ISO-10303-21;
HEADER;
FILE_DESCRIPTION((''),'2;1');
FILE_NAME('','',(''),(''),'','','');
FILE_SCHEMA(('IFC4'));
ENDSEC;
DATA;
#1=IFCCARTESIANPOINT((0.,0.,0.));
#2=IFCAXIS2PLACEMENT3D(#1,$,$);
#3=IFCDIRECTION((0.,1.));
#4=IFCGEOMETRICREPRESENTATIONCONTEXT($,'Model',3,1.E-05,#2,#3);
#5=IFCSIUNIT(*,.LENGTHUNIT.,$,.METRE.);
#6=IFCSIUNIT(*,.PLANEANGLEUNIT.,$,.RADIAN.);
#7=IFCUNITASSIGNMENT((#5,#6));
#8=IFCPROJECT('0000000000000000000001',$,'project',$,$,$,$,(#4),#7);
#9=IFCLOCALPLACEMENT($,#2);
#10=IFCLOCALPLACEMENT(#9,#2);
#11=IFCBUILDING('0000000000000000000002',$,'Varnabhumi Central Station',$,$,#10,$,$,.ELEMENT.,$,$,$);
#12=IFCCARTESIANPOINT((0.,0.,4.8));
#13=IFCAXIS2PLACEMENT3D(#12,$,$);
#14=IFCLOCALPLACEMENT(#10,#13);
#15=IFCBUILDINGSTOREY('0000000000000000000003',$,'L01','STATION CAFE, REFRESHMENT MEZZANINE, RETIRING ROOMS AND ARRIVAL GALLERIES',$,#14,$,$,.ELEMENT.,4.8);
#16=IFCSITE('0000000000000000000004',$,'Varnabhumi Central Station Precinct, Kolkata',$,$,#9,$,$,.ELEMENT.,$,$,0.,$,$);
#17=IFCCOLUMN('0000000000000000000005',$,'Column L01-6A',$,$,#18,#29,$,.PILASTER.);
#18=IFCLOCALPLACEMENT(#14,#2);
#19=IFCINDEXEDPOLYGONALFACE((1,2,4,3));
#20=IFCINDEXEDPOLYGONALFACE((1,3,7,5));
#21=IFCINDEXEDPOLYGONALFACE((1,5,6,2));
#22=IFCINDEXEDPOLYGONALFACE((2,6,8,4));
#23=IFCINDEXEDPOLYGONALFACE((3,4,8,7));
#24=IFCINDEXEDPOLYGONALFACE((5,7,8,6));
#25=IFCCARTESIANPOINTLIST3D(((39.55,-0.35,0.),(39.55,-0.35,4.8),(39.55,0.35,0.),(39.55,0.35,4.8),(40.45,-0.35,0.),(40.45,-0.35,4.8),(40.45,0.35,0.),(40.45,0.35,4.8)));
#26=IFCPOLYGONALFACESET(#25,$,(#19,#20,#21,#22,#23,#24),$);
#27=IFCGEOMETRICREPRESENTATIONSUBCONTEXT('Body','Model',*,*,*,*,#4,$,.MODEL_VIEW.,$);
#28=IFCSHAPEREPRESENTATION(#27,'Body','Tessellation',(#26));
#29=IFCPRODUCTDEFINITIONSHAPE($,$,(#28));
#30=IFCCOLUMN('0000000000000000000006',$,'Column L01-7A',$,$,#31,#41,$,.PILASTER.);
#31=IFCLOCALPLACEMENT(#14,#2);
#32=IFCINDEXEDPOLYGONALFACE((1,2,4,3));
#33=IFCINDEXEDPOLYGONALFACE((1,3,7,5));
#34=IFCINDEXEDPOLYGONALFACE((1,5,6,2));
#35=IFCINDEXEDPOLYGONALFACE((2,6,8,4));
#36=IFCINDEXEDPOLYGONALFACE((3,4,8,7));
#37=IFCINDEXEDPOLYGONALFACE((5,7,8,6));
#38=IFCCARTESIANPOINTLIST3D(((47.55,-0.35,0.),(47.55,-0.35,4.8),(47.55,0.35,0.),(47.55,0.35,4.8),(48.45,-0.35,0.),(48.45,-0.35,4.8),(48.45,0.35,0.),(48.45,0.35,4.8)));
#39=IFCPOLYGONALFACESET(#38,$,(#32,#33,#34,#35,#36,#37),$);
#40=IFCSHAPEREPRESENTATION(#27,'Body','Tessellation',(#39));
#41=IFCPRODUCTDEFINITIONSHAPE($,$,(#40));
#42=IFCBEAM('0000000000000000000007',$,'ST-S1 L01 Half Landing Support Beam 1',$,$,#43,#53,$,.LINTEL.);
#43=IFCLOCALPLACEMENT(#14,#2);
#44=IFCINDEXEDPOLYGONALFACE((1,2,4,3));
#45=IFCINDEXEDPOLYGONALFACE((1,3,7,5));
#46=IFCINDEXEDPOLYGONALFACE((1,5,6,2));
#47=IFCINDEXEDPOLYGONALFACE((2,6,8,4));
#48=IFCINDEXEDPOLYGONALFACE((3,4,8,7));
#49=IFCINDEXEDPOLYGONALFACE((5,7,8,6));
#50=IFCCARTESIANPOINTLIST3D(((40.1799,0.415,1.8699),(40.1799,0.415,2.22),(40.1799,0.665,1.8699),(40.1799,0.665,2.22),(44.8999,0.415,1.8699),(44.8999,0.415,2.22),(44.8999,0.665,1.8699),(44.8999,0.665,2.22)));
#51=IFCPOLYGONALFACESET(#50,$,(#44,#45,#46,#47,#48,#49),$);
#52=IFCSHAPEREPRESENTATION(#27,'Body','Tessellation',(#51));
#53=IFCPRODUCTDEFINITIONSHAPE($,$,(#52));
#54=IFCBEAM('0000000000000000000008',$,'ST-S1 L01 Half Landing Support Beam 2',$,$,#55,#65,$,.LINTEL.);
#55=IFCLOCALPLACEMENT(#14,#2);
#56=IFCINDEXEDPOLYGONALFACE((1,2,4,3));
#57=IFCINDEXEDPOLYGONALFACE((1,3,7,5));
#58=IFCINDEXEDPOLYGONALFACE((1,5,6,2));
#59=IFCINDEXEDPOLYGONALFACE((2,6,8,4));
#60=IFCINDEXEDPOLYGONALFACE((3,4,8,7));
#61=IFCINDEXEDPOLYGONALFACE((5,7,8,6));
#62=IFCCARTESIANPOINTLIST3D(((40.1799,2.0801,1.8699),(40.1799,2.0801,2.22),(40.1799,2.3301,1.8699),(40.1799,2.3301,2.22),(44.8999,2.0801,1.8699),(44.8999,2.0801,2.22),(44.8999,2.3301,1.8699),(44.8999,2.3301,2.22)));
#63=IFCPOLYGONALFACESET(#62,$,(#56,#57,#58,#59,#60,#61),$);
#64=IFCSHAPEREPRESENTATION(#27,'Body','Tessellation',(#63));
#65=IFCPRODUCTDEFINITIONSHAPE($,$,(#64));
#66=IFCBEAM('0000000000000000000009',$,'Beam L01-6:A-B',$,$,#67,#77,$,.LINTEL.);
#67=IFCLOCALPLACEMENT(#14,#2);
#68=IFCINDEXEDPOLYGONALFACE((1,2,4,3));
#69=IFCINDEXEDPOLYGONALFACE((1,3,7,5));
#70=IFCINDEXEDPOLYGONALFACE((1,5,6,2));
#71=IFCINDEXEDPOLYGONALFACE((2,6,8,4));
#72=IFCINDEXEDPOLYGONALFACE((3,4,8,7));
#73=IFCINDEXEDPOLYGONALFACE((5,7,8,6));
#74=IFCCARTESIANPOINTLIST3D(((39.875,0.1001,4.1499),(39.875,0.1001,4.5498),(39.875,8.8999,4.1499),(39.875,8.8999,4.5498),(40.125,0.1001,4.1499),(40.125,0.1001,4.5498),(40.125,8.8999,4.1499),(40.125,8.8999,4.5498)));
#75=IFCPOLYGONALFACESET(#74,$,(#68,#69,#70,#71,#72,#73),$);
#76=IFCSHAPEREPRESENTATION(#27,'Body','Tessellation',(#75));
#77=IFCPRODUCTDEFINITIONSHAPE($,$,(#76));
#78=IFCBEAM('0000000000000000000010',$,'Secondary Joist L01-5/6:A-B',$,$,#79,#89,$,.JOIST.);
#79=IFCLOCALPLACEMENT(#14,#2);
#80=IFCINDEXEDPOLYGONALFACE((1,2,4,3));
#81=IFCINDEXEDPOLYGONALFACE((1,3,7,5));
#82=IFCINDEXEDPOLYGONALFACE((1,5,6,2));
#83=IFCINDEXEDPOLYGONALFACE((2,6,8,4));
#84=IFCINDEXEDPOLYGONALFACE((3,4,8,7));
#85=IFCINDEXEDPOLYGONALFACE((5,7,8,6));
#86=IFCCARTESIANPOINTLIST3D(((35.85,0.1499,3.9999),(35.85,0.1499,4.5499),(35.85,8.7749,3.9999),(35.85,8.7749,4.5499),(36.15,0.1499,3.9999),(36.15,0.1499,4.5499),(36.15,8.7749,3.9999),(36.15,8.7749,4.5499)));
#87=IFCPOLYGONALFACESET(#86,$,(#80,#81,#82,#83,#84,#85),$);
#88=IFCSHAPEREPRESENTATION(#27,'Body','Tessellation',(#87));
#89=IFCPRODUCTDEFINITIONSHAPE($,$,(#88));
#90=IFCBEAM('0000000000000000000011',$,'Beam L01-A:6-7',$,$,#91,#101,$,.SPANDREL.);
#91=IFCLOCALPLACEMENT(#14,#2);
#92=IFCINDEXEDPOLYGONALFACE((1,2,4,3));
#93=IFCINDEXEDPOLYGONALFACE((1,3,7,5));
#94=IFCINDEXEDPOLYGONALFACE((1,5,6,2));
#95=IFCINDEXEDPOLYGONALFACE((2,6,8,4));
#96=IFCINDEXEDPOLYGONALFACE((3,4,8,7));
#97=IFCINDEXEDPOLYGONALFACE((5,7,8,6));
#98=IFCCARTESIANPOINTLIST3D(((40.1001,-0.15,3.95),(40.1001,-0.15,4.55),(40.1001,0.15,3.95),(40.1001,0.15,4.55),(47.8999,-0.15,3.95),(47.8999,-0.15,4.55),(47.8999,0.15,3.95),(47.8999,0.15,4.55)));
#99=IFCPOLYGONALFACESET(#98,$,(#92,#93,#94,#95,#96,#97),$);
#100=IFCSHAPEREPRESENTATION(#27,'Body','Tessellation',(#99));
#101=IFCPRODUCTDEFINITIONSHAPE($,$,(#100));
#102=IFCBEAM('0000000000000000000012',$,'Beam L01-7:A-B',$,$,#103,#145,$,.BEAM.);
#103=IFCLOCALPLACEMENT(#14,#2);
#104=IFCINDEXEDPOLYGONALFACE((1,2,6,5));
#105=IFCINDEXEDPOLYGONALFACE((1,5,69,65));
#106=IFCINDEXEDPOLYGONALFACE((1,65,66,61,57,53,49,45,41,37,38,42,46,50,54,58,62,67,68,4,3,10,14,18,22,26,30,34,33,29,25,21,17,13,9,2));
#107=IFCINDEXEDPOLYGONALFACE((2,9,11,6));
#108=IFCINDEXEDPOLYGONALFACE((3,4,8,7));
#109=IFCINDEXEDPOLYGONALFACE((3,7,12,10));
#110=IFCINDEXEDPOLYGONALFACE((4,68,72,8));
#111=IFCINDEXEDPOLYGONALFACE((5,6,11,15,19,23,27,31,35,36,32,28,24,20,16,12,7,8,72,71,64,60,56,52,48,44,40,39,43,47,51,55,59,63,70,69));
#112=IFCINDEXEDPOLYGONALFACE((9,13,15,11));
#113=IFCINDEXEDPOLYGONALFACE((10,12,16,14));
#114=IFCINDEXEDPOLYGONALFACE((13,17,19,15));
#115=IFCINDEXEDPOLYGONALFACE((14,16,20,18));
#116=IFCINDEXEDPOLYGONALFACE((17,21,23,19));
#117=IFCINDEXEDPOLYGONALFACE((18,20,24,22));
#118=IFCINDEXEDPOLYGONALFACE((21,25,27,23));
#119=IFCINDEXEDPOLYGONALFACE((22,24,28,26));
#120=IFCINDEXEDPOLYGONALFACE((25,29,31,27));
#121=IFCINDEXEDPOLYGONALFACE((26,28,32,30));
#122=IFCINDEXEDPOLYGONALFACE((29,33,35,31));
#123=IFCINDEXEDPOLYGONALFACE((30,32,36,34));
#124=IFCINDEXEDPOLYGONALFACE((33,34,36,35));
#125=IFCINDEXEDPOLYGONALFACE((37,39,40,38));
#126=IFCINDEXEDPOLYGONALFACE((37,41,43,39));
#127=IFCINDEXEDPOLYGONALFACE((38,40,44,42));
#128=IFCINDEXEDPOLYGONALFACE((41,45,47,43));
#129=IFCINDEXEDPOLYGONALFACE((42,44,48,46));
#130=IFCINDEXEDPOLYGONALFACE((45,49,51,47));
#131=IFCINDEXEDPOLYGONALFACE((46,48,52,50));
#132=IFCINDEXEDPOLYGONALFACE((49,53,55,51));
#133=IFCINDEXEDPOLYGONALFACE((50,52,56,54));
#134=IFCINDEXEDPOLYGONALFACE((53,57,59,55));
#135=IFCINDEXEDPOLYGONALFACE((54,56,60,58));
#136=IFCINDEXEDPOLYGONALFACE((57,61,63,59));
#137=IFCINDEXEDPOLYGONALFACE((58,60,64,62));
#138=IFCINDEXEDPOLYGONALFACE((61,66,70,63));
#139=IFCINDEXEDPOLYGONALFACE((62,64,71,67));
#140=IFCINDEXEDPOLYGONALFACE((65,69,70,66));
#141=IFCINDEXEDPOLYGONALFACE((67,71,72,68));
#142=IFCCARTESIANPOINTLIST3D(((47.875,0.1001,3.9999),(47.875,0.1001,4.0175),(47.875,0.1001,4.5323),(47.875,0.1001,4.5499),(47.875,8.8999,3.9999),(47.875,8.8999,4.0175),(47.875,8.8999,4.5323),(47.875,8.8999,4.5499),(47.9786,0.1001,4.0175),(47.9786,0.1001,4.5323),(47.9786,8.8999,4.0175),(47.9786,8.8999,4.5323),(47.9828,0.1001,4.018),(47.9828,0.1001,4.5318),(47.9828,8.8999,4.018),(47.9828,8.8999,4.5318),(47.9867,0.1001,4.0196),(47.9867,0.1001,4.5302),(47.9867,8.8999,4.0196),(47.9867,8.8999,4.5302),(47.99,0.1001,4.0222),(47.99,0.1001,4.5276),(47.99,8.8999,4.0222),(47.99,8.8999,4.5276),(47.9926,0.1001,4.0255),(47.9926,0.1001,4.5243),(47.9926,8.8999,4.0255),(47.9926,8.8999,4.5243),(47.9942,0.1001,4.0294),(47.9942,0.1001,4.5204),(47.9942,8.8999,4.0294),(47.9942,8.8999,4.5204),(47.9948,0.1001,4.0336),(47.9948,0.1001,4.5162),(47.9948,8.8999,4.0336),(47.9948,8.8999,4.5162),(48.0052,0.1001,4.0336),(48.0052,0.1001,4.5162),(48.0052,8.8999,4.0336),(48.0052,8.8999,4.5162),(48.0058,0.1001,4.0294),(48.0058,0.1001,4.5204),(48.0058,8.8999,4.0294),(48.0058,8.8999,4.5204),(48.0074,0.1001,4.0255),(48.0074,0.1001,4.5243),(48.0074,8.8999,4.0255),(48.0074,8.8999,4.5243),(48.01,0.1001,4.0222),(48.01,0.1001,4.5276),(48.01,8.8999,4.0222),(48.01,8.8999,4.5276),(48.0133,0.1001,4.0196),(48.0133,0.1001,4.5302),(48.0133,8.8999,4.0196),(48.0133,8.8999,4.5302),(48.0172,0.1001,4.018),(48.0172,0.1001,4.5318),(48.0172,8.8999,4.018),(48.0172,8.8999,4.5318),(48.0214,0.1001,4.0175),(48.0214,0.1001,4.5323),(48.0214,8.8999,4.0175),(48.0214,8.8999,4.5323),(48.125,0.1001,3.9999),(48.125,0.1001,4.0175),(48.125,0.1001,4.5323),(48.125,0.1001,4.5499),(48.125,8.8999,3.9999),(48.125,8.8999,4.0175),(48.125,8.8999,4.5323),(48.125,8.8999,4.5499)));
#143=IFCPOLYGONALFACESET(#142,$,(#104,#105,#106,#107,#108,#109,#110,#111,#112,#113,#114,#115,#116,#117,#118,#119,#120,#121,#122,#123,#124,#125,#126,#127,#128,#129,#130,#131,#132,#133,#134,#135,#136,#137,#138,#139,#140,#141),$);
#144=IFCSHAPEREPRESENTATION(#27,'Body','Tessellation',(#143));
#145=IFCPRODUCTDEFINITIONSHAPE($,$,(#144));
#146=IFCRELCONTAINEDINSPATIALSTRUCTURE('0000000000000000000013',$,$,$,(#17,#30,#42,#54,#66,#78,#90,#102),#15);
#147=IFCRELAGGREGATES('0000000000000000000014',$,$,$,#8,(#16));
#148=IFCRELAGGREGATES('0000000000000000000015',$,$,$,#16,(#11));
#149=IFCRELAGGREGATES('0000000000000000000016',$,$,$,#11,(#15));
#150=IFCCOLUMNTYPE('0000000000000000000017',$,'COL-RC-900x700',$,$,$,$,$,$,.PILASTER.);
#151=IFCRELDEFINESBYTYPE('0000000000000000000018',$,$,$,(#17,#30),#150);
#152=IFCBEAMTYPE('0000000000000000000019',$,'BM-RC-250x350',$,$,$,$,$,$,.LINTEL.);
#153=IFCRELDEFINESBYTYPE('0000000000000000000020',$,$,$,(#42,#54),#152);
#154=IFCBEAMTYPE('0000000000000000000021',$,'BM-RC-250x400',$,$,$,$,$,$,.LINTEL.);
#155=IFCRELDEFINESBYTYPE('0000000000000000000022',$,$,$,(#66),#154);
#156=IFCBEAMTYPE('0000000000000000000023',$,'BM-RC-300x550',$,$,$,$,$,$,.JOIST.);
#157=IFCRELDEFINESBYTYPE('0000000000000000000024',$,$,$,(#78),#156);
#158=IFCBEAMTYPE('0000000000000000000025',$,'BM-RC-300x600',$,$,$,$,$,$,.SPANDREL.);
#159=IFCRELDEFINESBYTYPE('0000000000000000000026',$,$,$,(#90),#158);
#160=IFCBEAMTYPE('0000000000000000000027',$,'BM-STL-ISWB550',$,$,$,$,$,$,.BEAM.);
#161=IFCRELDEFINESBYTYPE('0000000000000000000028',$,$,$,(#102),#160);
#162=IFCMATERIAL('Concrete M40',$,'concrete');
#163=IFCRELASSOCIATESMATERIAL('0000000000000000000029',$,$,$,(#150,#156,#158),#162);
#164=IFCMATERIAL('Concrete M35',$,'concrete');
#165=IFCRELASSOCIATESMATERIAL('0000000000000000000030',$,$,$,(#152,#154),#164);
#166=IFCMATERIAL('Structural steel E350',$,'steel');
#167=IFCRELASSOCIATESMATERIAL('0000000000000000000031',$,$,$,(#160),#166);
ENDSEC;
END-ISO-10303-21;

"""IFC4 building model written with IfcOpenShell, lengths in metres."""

from ifc_helpers import new_model, si_unit, direction, frame, origin, origin_2d, place, context, subcontext, project, spatial, rectangle, i_section, extrude, material, material_profile, profile_set, type_object, element, save


model = new_model("IFC4")

# Units and contexts
model_context = context("Model", 3, precision=1e-05, world=origin(), true_north=direction((0.0, 1.0)))
body_context = subcontext(model_context, "Body", "Model", "MODEL_VIEW")
ifc_project = project(units=[si_unit("LENGTHUNIT", "METRE"), si_unit("PLANEANGLEUNIT", "RADIAN")], contexts=[model_context])

# Site, building, storey
site_placement = place(None, origin())
site = spatial("IfcSite", under=ifc_project, at=site_placement, Name="Varnabhumi Central Station Precinct, Kolkata", CompositionType="ELEMENT", RefElevation=0.0)
building_placement = place(site_placement, origin())
building = spatial("IfcBuilding", under=site, at=building_placement, Name="Varnabhumi Central Station", CompositionType="ELEMENT")
storey_placement = place(building_placement, frame((0.0, 0.0, 4.8)))
storey = spatial("IfcBuildingStorey", under=building, at=storey_placement, Name="L01", Description="STATION CAFE, REFRESHMENT MEZZANINE, RETIRING ROOMS AND ARRIVAL GALLERIES", CompositionType="ELEMENT", Elevation=4.8)

# Columns
ifc_material_1 = material(Name="Concrete M40", Category="concrete")
ifc_material_profile_1 = material_profile(ifc_material_1, rectangle(XDim=0.8999, YDim=0.7, at=origin_2d()), Name="Concrete M40", Category="concrete")
ifc_profile_set_1 = profile_set([ifc_material_profile_1], Name="Concrete M40")
column_type = type_object("IfcColumnType", Name="COL-RC-900x700", PredefinedType="PILASTER", material=ifc_profile_set_1)
for number, where, z_axis, x_axis, name in (
    (1, (40.0, 0.0, 0.0), (0.0, 0.0, 1.0), (1.0, 0.0, 0.0), "Column L01-6A"),
    (2, (48.0, 0.0, 0.0), (0.0, 0.0, 1.0), (1.0, 0.0, 0.0), "Column L01-7A"),
):
    element("IfcColumn", number, at=place(storey_placement, frame(where, z_axis=z_axis, x_axis=x_axis)), inside=storey, type_object=column_type, Name=name, PredefinedType="PILASTER", context=body_context, shape_type="SweptSolid", body=[
        extrude(rectangle(XDim=0.8999, YDim=0.7, at=origin_2d()), origin(), (0.0, 0.0, 1.0), 4.8),
    ])

# Beams
ifc_material_2 = material(Name="Concrete M35", Category="concrete")
ifc_material_profile_2 = material_profile(ifc_material_2, rectangle(XDim=0.25, YDim=0.3501, at=origin_2d()), Name="Concrete M35", Category="concrete")
ifc_profile_set_2 = profile_set([ifc_material_profile_2], Name="Concrete M35")
beam_type_1 = type_object("IfcBeamType", Name="BM-RC-250x350", PredefinedType="LINTEL", material=ifc_profile_set_2)
for number, where, z_axis, x_axis, name in (
    (3, (40.1799, 0.54, 2.0449), (1.0, 0.0, 0.0), (0.0, 1.0, 0.0), "ST-S1 L01 Half Landing Support Beam 1"),
    (4, (40.1799, 2.2051, 2.0449), (1.0, 0.0, 0.0), (0.0, 1.0, 0.0), "ST-S1 L01 Half Landing Support Beam 2"),
):
    element("IfcBeam", number, at=place(storey_placement, frame(where, z_axis=z_axis, x_axis=x_axis)), inside=storey, type_object=beam_type_1, Name=name, PredefinedType="LINTEL", context=body_context, shape_type="SweptSolid", body=[
        extrude(rectangle(XDim=0.25, YDim=0.3501, at=origin_2d()), origin(), (0.0, 0.0, 1.0), 4.72),
    ])
ifc_material_profile_3 = material_profile(ifc_material_2, rectangle(XDim=0.25, YDim=0.3999, at=origin_2d()), Name="Concrete M35", Category="concrete")
ifc_profile_set_3 = profile_set([ifc_material_profile_3], Name="Concrete M35")
beam_type_2 = type_object("IfcBeamType", Name="BM-RC-250x400", PredefinedType="LINTEL", material=ifc_profile_set_3)
beam_1_placement = place(storey_placement, frame((40.0, 0.1001, 4.3499), z_axis=(0.0, 1.0, 0.0), x_axis=(-1.0, 0.0, 0.0)))
element("IfcBeam", 5, at=beam_1_placement, inside=storey, type_object=beam_type_2, Name="Beam L01-6:A-B", PredefinedType="LINTEL", context=body_context, shape_type="SweptSolid", body=[
    extrude(rectangle(XDim=0.25, YDim=0.3999, at=origin_2d()), origin(), (0.0, 0.0, 1.0), 8.7998),
])
ifc_material_profile_4 = material_profile(ifc_material_1, rectangle(XDim=0.3, YDim=0.55, at=origin_2d()), Name="Concrete M40", Category="concrete")
ifc_profile_set_4 = profile_set([ifc_material_profile_4], Name="Concrete M40")
beam_type_3 = type_object("IfcBeamType", Name="BM-RC-300x550", PredefinedType="JOIST", material=ifc_profile_set_4)
beam_2_placement = place(storey_placement, frame((36.0, 0.1499, 4.2749), z_axis=(0.0, 1.0, 0.0), x_axis=(-1.0, 0.0, 0.0)))
element("IfcBeam", 6, at=beam_2_placement, inside=storey, type_object=beam_type_3, Name="Secondary Joist L01-5/6:A-B", PredefinedType="JOIST", context=body_context, shape_type="SweptSolid", body=[
    extrude(rectangle(XDim=0.3, YDim=0.55, at=origin_2d()), origin(), (0.0, 0.0, 1.0), 8.625),
])
ifc_material_profile_5 = material_profile(ifc_material_1, rectangle(XDim=0.3, YDim=0.6001, at=origin_2d()), Name="Concrete M40", Category="concrete")
ifc_profile_set_5 = profile_set([ifc_material_profile_5], Name="Concrete M40")
beam_type_4 = type_object("IfcBeamType", Name="BM-RC-300x600", PredefinedType="SPANDREL", material=ifc_profile_set_5)
beam_3_placement = place(storey_placement, frame((40.1001, 0.0, 4.25), z_axis=(1.0, 0.0, 0.0), x_axis=(0.0, 1.0, 0.0)))
element("IfcBeam", 7, at=beam_3_placement, inside=storey, type_object=beam_type_4, Name="Beam L01-A:6-7", PredefinedType="SPANDREL", context=body_context, shape_type="SweptSolid", body=[
    extrude(rectangle(XDim=0.3, YDim=0.6001, at=origin_2d()), origin(), (0.0, 0.0, 1.0), 7.7998),
])
ifc_material_3 = material(Name="Structural steel E350", Category="steel")
ifc_material_profile_6 = material_profile(ifc_material_3, i_section(OverallWidth=0.25, OverallDepth=0.55, WebThickness=0.0105, FlangeThickness=0.0176, FilletRadius=0.0161, at=origin_2d()), Name="Structural steel E350", Category="steel")
ifc_profile_set_6 = profile_set([ifc_material_profile_6], Name="Structural steel E350")
beam_type_5 = type_object("IfcBeamType", Name="BM-STL-ISWB550", PredefinedType="BEAM", material=ifc_profile_set_6)
beam_4_placement = place(storey_placement, frame((48.0, 0.1001, 4.2749), z_axis=(0.0, 1.0, 0.0), x_axis=(-1.0, 0.0, 0.0)))
element("IfcBeam", 8, at=beam_4_placement, inside=storey, type_object=beam_type_5, Name="Beam L01-7:A-B", PredefinedType="BEAM", context=body_context, shape_type="SweptSolid", body=[
    extrude(i_section(OverallWidth=0.25, OverallDepth=0.55, WebThickness=0.0105, FlangeThickness=0.0176, FilletRadius=0.0161, at=origin_2d()), origin(), (0.0, 0.0, 1.0), 8.7998),
])

save(model, "model.ifc")
